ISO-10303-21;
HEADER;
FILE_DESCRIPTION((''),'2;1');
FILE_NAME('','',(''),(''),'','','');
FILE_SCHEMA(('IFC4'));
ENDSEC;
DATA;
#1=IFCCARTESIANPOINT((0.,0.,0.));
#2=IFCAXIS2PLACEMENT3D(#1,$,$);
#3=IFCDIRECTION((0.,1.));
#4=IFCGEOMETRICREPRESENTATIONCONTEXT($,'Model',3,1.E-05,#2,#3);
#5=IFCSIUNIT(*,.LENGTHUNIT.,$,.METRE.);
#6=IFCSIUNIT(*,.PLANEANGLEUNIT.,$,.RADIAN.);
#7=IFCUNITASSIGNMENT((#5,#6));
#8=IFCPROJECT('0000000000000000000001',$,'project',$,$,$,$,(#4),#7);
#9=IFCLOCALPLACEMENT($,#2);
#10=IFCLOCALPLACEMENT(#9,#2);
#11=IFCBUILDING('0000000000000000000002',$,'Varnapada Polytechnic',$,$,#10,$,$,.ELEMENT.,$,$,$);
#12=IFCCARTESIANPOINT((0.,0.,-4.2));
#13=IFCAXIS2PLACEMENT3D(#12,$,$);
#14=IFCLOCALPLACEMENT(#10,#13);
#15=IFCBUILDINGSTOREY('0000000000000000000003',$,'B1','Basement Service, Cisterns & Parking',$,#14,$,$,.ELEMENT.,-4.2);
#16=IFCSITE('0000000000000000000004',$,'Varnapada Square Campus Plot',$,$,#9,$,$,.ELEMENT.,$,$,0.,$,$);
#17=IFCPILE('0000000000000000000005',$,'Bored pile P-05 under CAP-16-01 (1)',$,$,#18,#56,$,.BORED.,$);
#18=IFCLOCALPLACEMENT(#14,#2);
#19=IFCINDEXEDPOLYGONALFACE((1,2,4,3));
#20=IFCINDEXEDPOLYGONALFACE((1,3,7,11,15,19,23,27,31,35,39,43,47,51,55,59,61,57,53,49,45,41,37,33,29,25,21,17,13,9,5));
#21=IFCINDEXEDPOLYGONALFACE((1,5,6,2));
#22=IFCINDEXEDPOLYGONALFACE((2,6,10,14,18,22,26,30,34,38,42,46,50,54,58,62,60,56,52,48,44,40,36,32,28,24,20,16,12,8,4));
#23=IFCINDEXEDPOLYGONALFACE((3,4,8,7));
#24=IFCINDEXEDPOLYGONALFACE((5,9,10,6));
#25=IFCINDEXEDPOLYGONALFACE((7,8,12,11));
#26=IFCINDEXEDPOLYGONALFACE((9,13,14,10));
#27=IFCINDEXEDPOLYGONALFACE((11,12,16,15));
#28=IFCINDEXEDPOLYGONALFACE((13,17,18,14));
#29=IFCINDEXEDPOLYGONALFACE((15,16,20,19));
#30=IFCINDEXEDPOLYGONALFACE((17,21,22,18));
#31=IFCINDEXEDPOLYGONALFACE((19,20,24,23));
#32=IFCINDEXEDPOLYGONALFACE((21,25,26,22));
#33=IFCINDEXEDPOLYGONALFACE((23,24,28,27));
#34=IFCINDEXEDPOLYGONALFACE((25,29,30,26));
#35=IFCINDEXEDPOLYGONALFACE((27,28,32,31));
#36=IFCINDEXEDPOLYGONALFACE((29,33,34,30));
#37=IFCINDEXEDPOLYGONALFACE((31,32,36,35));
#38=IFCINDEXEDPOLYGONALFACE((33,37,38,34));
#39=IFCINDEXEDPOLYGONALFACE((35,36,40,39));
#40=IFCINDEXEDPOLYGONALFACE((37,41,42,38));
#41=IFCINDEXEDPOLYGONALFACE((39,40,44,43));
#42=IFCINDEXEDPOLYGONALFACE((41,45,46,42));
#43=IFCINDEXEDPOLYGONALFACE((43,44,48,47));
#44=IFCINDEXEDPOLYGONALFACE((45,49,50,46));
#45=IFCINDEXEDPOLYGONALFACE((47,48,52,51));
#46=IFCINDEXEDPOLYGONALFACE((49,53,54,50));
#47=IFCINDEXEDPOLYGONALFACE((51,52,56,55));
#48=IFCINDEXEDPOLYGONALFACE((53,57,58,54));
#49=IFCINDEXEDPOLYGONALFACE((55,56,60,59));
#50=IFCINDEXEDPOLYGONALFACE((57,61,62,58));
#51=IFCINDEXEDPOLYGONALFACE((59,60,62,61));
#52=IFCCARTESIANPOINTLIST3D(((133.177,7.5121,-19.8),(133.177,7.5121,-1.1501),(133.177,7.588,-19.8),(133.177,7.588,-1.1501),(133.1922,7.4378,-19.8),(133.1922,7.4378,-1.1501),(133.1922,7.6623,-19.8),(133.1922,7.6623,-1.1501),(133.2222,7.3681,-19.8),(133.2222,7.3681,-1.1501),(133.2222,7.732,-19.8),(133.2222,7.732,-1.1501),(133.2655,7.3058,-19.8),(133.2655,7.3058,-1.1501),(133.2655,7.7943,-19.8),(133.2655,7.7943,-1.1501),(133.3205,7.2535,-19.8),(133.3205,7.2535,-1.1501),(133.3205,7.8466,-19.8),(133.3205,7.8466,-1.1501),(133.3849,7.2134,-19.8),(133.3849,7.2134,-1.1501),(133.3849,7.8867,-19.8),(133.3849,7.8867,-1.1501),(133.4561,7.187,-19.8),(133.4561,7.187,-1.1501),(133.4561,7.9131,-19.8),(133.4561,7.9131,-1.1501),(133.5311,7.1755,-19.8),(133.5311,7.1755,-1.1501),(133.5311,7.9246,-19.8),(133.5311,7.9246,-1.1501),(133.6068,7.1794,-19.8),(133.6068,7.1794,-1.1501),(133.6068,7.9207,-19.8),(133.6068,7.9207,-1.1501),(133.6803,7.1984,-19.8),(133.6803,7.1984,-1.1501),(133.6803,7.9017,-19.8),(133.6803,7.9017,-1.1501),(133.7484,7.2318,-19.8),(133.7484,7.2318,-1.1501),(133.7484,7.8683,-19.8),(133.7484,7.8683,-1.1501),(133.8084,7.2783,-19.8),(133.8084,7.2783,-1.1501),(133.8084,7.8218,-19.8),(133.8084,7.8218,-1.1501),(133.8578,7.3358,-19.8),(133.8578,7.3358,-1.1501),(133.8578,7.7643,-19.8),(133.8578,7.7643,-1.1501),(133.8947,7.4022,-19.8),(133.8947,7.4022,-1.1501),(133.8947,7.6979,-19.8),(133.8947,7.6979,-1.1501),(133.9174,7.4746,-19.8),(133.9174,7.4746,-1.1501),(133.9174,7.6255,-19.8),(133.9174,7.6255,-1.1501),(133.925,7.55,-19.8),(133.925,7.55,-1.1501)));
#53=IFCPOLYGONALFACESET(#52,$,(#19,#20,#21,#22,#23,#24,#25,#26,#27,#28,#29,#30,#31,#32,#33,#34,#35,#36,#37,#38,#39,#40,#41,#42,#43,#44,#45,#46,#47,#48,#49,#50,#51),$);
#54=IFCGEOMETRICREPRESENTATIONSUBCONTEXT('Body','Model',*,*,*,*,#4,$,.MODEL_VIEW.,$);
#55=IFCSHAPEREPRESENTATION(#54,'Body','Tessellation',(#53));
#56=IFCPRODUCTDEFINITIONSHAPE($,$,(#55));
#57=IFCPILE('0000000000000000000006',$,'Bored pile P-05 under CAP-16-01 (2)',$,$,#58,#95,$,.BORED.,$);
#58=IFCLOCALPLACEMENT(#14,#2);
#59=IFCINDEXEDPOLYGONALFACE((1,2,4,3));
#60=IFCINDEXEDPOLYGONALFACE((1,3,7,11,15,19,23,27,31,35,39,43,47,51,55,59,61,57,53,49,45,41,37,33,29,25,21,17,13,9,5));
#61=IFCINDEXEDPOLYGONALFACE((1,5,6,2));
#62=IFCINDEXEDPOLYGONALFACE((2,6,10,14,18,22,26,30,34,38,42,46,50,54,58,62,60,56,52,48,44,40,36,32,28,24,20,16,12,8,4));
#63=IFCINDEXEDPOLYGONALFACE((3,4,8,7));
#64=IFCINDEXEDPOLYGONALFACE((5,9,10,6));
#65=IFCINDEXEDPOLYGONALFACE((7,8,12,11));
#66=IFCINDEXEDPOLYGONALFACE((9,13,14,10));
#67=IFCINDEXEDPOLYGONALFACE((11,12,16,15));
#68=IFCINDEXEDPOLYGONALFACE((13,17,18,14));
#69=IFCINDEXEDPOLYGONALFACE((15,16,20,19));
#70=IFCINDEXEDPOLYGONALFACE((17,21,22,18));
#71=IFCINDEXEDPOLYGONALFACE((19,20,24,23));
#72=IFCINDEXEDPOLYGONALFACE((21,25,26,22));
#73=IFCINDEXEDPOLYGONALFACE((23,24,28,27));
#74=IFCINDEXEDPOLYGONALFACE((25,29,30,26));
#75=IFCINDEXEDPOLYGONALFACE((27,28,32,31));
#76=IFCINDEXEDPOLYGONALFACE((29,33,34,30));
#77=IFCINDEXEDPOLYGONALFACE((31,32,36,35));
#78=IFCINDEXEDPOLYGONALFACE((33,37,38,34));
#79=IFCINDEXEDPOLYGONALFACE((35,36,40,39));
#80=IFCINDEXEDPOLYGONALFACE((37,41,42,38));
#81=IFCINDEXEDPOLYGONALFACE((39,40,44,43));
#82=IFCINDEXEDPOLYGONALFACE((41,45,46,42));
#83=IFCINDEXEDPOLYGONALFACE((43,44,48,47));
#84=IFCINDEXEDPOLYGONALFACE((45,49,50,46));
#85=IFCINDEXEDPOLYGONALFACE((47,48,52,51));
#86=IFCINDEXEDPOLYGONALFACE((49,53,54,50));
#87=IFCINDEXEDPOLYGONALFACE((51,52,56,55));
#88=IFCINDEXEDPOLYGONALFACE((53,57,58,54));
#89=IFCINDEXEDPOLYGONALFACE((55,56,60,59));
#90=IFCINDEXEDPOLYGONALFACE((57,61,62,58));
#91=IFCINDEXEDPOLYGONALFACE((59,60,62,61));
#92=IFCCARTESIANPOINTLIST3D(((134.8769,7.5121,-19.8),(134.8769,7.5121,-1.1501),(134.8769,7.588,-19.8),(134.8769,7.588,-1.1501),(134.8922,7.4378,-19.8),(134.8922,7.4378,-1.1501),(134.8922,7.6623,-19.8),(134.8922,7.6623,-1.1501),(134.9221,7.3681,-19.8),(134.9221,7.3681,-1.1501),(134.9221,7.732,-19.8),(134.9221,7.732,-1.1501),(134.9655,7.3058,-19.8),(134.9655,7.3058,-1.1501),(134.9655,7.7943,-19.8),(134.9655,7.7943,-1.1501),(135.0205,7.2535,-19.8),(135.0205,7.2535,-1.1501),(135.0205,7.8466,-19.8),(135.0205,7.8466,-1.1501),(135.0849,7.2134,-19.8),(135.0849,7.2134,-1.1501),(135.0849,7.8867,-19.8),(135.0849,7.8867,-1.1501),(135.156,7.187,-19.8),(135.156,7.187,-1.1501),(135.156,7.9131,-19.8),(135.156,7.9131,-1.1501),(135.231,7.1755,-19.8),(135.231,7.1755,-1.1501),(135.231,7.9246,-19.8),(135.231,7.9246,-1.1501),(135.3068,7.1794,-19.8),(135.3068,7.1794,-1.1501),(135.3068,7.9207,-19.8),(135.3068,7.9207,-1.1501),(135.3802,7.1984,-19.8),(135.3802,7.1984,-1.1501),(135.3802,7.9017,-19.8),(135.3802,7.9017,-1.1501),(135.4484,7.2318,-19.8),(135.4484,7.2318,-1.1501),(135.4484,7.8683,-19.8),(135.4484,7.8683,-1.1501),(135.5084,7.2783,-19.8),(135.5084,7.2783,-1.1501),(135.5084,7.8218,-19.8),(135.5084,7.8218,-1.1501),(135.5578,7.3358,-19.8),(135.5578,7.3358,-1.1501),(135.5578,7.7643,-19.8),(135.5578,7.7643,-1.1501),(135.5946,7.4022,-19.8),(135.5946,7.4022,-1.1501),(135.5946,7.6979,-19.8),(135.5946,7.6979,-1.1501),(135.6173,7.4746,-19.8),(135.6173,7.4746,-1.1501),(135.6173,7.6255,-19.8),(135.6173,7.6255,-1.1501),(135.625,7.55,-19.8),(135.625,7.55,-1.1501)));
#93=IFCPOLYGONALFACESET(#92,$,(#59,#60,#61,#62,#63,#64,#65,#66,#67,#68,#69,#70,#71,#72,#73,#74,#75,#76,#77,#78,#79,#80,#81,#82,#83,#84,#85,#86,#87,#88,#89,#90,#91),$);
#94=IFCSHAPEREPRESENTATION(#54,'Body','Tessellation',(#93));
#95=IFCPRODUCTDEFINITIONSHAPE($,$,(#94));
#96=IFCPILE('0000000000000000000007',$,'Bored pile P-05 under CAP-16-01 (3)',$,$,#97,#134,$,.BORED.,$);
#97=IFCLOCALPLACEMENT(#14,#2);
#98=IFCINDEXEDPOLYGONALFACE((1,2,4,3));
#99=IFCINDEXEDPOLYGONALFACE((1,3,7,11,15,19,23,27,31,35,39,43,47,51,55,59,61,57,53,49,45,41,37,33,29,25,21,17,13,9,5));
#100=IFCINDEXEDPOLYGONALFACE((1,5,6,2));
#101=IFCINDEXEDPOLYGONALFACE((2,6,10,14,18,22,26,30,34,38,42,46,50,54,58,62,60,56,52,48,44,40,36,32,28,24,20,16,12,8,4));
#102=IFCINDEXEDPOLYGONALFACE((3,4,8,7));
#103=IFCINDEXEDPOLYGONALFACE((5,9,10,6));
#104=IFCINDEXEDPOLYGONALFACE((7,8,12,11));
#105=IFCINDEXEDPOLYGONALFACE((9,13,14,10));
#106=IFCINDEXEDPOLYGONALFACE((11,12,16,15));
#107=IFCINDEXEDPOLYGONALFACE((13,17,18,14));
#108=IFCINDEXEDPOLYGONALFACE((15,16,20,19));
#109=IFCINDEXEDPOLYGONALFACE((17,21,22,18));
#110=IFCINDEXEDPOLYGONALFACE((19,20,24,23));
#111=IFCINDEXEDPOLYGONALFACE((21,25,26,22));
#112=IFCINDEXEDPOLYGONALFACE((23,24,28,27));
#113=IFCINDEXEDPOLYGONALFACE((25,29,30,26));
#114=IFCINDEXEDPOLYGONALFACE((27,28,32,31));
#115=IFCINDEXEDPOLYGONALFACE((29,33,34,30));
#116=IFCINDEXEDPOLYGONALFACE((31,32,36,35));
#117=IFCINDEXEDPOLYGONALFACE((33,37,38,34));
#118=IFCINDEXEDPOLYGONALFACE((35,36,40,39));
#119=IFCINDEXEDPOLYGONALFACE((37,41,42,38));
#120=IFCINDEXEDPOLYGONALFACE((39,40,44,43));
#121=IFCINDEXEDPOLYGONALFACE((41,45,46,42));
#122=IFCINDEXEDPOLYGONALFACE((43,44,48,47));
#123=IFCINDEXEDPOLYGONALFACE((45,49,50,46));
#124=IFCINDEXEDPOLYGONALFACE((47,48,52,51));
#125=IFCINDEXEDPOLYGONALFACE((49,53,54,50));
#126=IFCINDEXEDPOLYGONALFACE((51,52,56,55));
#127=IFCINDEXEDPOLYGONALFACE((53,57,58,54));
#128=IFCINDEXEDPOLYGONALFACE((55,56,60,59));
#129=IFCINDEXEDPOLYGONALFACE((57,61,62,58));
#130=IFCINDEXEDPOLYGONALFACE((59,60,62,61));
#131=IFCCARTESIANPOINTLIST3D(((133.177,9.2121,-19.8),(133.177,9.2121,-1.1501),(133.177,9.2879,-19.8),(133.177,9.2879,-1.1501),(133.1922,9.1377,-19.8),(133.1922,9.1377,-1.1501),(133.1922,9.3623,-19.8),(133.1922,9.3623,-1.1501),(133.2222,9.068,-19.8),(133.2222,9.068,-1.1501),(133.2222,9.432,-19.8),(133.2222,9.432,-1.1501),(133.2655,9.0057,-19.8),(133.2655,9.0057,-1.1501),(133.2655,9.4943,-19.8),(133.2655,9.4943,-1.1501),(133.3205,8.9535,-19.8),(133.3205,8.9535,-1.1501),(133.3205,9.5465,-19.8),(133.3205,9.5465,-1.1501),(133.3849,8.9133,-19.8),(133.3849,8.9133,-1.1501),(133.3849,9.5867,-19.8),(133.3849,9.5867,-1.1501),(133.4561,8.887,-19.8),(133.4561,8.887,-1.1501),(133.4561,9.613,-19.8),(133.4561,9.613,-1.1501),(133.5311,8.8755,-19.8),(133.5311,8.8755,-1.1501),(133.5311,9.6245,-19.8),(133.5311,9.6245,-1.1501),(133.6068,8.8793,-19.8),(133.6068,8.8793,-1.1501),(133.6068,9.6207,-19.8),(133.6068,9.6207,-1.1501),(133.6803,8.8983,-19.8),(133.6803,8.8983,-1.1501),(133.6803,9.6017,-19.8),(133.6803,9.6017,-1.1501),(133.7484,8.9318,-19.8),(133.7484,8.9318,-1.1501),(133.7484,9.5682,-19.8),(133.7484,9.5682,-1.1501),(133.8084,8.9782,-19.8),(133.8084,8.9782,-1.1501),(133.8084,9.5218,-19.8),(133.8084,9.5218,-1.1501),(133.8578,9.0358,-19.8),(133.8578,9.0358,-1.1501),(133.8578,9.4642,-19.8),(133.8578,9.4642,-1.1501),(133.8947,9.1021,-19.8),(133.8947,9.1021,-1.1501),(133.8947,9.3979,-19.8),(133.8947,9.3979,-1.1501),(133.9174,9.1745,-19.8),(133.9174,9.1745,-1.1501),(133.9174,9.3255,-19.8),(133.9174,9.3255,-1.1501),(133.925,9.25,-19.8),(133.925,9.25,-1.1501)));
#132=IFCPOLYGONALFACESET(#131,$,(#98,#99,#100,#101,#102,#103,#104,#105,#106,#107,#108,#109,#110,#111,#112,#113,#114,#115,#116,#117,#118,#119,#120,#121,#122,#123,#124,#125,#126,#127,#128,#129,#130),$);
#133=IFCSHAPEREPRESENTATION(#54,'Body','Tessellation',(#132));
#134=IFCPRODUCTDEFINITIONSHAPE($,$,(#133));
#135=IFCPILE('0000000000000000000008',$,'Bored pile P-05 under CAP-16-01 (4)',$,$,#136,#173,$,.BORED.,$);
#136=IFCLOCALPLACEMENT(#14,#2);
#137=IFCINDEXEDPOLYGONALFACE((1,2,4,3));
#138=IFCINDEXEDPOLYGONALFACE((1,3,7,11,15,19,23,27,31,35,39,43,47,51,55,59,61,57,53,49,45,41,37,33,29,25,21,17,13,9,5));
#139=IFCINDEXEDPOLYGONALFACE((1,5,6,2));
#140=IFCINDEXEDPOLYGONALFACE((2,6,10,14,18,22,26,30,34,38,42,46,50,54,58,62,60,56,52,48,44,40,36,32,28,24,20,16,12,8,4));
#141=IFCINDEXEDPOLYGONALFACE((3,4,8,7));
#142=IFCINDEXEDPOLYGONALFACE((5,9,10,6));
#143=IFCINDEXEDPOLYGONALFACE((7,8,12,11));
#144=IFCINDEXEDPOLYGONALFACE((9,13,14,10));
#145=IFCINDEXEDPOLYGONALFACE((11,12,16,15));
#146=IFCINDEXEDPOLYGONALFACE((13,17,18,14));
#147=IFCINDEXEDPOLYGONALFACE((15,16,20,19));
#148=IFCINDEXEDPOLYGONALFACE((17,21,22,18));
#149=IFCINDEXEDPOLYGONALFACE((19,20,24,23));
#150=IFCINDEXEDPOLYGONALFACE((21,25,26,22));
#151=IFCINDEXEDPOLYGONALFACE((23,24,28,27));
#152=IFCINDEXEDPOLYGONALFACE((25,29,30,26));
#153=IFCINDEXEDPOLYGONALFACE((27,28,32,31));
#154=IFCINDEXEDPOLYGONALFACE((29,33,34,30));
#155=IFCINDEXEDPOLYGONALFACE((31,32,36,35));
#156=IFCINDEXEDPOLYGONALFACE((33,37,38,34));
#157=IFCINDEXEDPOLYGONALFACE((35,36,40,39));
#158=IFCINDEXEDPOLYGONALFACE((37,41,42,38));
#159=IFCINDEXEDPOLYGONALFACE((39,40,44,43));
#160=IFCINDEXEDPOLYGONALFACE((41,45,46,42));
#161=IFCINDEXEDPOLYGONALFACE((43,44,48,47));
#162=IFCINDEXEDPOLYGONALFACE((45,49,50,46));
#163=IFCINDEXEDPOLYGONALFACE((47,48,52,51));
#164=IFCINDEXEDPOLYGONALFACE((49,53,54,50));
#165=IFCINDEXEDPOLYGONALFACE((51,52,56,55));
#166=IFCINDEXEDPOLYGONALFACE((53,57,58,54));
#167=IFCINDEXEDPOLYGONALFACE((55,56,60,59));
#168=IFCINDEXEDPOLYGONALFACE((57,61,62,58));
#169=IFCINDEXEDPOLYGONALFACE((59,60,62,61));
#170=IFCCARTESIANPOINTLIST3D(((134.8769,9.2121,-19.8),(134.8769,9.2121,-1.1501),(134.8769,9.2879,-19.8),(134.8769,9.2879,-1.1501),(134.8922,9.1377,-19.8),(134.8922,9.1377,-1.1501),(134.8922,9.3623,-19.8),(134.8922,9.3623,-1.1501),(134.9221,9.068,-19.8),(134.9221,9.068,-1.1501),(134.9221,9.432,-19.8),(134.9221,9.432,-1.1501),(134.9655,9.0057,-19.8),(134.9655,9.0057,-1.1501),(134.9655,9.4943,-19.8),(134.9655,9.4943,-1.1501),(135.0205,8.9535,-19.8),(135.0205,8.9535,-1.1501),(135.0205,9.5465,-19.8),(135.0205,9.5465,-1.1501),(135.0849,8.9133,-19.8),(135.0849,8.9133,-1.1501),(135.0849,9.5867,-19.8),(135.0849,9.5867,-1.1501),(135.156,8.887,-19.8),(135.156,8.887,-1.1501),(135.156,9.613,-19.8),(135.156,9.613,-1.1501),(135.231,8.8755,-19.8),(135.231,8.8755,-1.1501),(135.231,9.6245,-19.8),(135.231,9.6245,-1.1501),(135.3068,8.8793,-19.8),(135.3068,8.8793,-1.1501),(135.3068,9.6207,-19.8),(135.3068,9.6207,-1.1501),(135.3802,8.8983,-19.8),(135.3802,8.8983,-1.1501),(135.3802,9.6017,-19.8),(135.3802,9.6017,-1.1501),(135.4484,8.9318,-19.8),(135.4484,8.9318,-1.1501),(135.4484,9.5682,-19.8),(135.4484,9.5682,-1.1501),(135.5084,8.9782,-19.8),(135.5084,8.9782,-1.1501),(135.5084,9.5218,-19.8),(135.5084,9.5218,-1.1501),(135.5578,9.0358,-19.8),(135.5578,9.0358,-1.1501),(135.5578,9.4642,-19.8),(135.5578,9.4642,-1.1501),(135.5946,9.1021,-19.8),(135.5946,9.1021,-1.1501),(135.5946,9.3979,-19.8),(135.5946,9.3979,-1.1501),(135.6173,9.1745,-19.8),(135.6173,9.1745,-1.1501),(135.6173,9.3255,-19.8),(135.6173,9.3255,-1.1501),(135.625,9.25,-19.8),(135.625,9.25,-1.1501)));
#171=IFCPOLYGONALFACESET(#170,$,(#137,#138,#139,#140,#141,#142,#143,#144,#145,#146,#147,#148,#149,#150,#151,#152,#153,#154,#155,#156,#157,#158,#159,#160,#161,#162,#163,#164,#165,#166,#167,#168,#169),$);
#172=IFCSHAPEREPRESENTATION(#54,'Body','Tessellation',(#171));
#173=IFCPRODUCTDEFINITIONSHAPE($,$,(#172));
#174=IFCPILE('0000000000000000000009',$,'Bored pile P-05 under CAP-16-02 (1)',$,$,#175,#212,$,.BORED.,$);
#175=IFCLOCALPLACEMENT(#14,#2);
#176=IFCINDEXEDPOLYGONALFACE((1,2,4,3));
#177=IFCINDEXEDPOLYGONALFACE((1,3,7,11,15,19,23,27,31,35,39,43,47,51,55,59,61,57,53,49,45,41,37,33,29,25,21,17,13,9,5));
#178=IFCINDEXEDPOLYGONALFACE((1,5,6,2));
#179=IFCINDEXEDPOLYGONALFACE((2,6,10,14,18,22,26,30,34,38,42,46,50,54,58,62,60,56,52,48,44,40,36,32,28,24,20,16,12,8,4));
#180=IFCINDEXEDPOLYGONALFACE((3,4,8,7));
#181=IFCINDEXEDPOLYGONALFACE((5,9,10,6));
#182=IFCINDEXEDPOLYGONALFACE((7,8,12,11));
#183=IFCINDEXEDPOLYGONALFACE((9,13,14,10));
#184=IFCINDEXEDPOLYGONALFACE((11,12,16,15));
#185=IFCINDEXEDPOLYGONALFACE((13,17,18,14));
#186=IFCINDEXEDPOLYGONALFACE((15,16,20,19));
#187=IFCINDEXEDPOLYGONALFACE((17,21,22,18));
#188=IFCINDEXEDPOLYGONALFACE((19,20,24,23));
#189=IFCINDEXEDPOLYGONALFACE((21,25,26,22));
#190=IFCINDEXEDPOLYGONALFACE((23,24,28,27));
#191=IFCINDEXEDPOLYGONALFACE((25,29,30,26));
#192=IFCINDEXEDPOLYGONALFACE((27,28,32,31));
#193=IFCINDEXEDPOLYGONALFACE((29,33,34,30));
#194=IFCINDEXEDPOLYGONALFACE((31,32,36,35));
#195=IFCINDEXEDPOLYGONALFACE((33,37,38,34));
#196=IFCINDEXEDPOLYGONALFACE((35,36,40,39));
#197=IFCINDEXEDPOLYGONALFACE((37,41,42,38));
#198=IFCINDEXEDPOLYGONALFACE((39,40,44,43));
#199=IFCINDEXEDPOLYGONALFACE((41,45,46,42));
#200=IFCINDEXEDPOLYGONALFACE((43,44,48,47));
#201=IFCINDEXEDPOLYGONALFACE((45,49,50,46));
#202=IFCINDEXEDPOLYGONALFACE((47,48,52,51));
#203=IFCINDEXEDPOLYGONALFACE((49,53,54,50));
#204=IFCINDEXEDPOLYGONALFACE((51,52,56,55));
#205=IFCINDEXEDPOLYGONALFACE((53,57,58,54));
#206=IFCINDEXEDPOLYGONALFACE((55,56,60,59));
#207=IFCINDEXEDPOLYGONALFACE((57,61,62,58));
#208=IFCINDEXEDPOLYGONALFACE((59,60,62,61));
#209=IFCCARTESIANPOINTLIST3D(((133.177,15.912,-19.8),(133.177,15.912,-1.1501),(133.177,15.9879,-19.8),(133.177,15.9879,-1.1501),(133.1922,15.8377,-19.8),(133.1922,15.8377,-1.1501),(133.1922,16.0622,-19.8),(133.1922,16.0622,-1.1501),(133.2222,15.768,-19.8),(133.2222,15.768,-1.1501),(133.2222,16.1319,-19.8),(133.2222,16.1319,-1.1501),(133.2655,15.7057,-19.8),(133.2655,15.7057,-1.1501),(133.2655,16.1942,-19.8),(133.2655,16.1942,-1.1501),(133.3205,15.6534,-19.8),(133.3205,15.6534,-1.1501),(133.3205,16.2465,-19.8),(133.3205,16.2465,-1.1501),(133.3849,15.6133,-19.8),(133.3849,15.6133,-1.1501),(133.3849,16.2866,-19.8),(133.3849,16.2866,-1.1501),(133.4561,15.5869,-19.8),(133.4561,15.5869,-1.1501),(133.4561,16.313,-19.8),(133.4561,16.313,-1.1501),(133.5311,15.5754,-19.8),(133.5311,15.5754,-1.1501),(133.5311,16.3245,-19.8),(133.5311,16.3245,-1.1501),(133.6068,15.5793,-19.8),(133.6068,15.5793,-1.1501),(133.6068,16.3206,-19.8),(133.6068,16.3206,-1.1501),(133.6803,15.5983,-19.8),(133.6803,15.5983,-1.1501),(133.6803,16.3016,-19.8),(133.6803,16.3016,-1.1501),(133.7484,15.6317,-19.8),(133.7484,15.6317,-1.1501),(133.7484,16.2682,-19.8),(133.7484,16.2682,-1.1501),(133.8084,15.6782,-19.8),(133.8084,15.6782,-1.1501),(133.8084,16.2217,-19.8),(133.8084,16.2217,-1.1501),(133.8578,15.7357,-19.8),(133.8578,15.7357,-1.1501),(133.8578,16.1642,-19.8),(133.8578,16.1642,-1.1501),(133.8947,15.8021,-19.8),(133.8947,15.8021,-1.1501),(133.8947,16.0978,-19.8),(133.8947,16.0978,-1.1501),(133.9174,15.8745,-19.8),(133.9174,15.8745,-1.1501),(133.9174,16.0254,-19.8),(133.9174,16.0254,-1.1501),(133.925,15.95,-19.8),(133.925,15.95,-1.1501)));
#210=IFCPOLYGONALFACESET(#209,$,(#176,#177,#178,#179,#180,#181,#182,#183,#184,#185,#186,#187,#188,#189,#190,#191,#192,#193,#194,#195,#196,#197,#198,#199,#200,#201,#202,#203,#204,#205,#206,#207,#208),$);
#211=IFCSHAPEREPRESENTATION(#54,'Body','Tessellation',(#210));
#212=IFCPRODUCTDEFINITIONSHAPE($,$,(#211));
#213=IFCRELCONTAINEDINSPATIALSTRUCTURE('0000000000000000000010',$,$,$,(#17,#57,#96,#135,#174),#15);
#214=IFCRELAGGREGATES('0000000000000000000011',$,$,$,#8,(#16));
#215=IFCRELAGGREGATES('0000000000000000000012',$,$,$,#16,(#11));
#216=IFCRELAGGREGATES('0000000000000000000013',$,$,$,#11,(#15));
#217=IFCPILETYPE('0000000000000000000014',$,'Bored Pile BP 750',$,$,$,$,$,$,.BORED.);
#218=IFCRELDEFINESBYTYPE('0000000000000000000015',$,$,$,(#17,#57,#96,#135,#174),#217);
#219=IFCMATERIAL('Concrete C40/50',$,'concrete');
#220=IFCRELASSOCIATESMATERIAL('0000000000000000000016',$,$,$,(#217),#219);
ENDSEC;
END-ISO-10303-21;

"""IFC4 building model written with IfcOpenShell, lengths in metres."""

from ifc_helpers import new_model, si_unit, direction, frame, origin, origin_2d, place, context, subcontext, project, spatial, circle, extrude, material, material_profile, profile_set, type_object, element, save


model = new_model("IFC4")

# Units and contexts
model_context = context("Model", 3, precision=1e-05, world=origin(), true_north=direction((0.0, 1.0)))
body_context = subcontext(model_context, "Body", "Model", "MODEL_VIEW")
ifc_project = project(units=[si_unit("LENGTHUNIT", "METRE"), si_unit("PLANEANGLEUNIT", "RADIAN")], contexts=[model_context])

# Site, building, storey
site_placement = place(None, origin())
site = spatial("IfcSite", under=ifc_project, at=site_placement, Name="Varnapada Square Campus Plot", CompositionType="ELEMENT", RefElevation=0.0)
building_placement = place(site_placement, origin())
building = spatial("IfcBuilding", under=site, at=building_placement, Name="Varnapada Polytechnic", CompositionType="ELEMENT")
storey_placement = place(building_placement, frame((0.0, 0.0, -4.2)))
storey = spatial("IfcBuildingStorey", under=building, at=storey_placement, Name="B1", Description="Basement Service, Cisterns & Parking", CompositionType="ELEMENT", Elevation=-4.2)

# Piles
ifc_material_1 = material(Name="Concrete C40/50", Category="concrete")
ifc_material_profile_1 = material_profile(ifc_material_1, circle(Radius=0.375, at=origin_2d()), Name="BP 750")
ifc_profile_set_1 = profile_set([ifc_material_profile_1], Name="Concrete C40/50")
pile_type_1 = type_object("IfcPileType", Name="Bored Pile BP 750", PredefinedType="BORED", material=ifc_profile_set_1)
for number, where, z_axis, x_axis, name in (
    (1, (133.55, 7.55, -1.1501), (0.0, 0.0, -1.0), (1.0, 0.0, 0.0), "Bored pile P-05 under CAP-16-01 (1)"),
    (2, (135.25, 7.55, -1.1501), (0.0, 0.0, -1.0), (1.0, 0.0, 0.0), "Bored pile P-05 under CAP-16-01 (2)"),
    (3, (133.55, 9.25, -1.1501), (0.0, 0.0, -1.0), (1.0, 0.0, 0.0), "Bored pile P-05 under CAP-16-01 (3)"),
    (4, (135.25, 9.25, -1.1501), (0.0, 0.0, -1.0), (1.0, 0.0, 0.0), "Bored pile P-05 under CAP-16-01 (4)"),
    (5, (133.55, 15.95, -1.1501), (0.0, 0.0, -1.0), (1.0, 0.0, 0.0), "Bored pile P-05 under CAP-16-02 (1)"),
):
    element("IfcPile", number, at=place(storey_placement, frame(where, z_axis=z_axis, x_axis=x_axis)), inside=storey, type_object=pile_type_1, Name=name, PredefinedType="BORED", context=body_context, shape_type="SweptSolid", body=[
        extrude(circle(Radius=0.375, at=origin_2d()), origin(), (0.0, 0.0, 1.0), 18.6499),
    ])

save(model, "model.ifc")
